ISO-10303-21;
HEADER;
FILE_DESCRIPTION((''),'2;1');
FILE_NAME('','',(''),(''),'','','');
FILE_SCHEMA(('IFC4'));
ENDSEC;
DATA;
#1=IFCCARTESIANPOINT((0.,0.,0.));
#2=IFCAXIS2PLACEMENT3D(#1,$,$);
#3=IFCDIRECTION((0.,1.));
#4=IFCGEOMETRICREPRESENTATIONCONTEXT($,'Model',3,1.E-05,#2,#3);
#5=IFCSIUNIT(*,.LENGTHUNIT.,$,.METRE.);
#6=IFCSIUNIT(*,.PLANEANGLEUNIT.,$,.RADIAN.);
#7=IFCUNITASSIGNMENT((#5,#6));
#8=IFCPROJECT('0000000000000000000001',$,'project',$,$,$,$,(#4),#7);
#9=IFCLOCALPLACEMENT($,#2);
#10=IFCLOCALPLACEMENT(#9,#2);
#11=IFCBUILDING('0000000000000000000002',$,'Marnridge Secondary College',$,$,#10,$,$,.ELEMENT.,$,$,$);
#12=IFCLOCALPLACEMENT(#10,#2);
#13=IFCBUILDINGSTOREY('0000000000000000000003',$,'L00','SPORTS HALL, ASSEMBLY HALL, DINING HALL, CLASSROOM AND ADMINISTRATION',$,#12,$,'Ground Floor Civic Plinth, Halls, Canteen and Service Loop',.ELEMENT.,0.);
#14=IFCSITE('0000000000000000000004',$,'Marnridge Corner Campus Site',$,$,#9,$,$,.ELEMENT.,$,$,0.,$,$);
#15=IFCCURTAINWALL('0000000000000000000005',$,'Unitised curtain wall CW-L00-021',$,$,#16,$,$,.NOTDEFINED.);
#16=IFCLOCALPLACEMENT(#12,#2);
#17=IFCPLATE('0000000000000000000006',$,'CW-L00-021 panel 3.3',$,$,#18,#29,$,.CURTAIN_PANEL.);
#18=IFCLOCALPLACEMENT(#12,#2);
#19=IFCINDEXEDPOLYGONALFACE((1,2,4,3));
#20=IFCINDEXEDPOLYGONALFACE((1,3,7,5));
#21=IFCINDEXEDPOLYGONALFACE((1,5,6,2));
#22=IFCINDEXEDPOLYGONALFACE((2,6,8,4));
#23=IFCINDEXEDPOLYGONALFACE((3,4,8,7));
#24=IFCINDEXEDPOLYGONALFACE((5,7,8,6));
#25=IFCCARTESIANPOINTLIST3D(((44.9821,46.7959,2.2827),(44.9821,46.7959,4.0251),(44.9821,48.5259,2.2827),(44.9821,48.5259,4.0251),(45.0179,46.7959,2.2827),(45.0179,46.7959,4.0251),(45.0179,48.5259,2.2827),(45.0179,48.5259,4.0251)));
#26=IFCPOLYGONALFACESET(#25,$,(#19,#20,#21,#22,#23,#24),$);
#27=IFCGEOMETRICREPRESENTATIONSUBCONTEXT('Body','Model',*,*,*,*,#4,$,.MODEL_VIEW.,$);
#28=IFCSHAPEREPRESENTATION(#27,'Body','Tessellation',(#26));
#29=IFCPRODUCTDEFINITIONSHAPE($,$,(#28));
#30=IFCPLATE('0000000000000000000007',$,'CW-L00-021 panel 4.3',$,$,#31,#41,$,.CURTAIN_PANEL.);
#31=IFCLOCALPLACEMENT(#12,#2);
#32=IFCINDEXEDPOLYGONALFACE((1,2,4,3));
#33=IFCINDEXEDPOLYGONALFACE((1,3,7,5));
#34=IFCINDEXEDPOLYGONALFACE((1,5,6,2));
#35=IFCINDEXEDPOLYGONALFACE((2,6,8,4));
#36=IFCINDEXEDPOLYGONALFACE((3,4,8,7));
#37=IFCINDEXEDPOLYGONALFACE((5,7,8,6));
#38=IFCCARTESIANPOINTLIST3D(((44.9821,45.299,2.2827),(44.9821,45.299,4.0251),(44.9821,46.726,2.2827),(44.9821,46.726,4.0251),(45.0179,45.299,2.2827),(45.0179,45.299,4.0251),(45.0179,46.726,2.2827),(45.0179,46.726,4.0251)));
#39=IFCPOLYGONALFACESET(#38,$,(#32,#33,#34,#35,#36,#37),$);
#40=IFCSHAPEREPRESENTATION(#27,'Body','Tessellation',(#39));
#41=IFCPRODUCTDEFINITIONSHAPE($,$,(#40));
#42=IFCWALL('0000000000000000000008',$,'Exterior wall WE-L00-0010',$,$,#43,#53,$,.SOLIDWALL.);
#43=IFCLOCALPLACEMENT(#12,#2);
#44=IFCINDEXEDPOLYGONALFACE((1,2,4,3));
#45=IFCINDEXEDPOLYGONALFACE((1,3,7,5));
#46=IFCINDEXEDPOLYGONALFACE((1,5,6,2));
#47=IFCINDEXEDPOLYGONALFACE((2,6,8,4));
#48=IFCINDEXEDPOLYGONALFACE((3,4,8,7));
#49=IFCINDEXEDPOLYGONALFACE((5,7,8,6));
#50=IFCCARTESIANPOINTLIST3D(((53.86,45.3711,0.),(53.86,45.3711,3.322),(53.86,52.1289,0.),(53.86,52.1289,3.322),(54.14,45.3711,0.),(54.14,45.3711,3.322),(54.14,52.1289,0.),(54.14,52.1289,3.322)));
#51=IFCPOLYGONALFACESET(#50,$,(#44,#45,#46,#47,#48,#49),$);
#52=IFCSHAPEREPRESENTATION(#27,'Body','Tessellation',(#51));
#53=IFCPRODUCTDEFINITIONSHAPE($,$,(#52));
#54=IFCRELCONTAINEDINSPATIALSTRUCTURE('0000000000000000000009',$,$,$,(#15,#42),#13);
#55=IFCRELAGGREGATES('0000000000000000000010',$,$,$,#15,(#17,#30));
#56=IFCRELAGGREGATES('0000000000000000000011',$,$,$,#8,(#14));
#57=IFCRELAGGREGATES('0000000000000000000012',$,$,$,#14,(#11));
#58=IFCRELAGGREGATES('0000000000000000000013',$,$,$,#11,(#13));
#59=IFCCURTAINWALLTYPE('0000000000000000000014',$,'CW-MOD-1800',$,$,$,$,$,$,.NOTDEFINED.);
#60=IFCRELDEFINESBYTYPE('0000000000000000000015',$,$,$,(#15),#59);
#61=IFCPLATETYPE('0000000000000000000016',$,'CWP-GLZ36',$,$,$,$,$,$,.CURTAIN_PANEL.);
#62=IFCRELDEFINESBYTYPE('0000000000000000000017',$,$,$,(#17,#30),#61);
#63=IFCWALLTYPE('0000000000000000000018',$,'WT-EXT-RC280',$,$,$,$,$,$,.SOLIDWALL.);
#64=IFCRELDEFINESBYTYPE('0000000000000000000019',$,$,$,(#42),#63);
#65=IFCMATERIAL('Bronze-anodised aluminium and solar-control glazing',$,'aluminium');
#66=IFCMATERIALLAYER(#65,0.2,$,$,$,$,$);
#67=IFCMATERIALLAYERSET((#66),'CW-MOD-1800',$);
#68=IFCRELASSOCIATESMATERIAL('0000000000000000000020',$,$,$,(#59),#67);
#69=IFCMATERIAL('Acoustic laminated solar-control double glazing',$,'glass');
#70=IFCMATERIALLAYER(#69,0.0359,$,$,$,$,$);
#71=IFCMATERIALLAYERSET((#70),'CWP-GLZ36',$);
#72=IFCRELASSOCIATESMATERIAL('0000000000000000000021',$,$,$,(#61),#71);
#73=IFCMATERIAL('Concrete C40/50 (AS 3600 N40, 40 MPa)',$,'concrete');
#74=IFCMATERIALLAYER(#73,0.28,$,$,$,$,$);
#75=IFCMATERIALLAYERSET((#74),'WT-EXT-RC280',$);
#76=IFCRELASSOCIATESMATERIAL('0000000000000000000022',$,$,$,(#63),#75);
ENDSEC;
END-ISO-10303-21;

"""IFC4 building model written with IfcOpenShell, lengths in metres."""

from ifc_helpers import new_model, si_unit, direction, frame, frame_2d, origin, origin_2d, place, context, subcontext, project, spatial, rectangle, extrude, material, layer, layer_set, type_object, element, aggregate, save


model = new_model("IFC4")

# Units and contexts
model_context = context("Model", 3, precision=1e-05, world=origin(), true_north=direction((0.0, 1.0)))
body_context = subcontext(model_context, "Body", "Model", "MODEL_VIEW")
ifc_project = project(units=[si_unit("LENGTHUNIT", "METRE"), si_unit("PLANEANGLEUNIT", "RADIAN")], contexts=[model_context])

# Site, building, storey
site_placement = place(None, origin())
site = spatial("IfcSite", under=ifc_project, at=site_placement, Name="Marnridge Corner Campus Site", CompositionType="ELEMENT", RefElevation=0.0)
building_placement = place(site_placement, origin())
building = spatial("IfcBuilding", under=site, at=building_placement, Name="Marnridge Secondary College", CompositionType="ELEMENT")
storey_placement = place(building_placement, origin())
storey = spatial("IfcBuildingStorey", under=building, at=storey_placement, Name="L00", Description="SPORTS HALL, ASSEMBLY HALL, DINING HALL, CLASSROOM AND ADMINISTRATION", LongName="Ground Floor Civic Plinth, Halls, Canteen and Service Loop", CompositionType="ELEMENT", Elevation=0.0)

# Curtain wall, plates
ifc_material_1 = material(Name="Bronze-anodised aluminium and solar-control glazing", Category="aluminium")
ifc_layer_1 = layer(ifc_material_1, 0.2)
ifc_layer_set_1 = layer_set([ifc_layer_1], Name="CW-MOD-1800")
curtain_wall_type = type_object("IfcCurtainWallType", Name="CW-MOD-1800", PredefinedType="NOTDEFINED", material=ifc_layer_set_1)
curtain_wall_placement = place(storey_placement, origin())
curtain_wall = element("IfcCurtainWall", 1, at=curtain_wall_placement, inside=storey, type_object=curtain_wall_type, Name="Unitised curtain wall CW-L00-021", PredefinedType="NOTDEFINED")
ifc_material_2 = material(Name="Acoustic laminated solar-control double glazing", Category="glass")
ifc_layer_2 = layer(ifc_material_2, 0.0359)
ifc_layer_set_2 = layer_set([ifc_layer_2], Name="CWP-GLZ36")
plate_type = type_object("IfcPlateType", Name="CWP-GLZ36", PredefinedType="CURTAIN_PANEL", material=ifc_layer_set_2)
plate_1_placement = place(storey_placement, frame((45.0, 47.6609, 2.2827), z_axis=(0.0, 0.0, 1.0), x_axis=(0.0, -1.0, 0.0)))
plate_1 = element("IfcPlate", 2, at=plate_1_placement, type_object=plate_type, Name="CW-L00-021 panel 3.3", PredefinedType="CURTAIN_PANEL", context=body_context, shape_type="SweptSolid", body=[
    extrude(rectangle(XDim=1.73, YDim=0.0359, at=origin_2d()), origin(), (0.0, 0.0, 1.0), 1.7424),
])
plate_2_placement = place(storey_placement, frame((45.0, 46.0125, 2.2827), z_axis=(0.0, 0.0, 1.0), x_axis=(0.0, -1.0, 0.0)))
plate_2 = element("IfcPlate", 3, at=plate_2_placement, type_object=plate_type, Name="CW-L00-021 panel 4.3", PredefinedType="CURTAIN_PANEL", context=body_context, shape_type="SweptSolid", body=[
    extrude(rectangle(XDim=1.427, YDim=0.0359, at=origin_2d()), origin(), (0.0, 0.0, 1.0), 1.7424),
])
aggregate(curtain_wall, [plate_1, plate_2])

# Wall
ifc_material_3 = material(Name="Concrete C40/50 (AS 3600 N40, 40 MPa)", Category="concrete")
ifc_layer_3 = layer(ifc_material_3, 0.28)
ifc_layer_set_3 = layer_set([ifc_layer_3], Name="WT-EXT-RC280")
wall_type = type_object("IfcWallType", Name="WT-EXT-RC280", PredefinedType="SOLIDWALL", material=ifc_layer_set_3)
wall_placement = place(storey_placement, frame((54.0, 45.3711, 0.0), z_axis=(0.0, 0.0, 1.0), x_axis=(0.0, 1.0, 0.0)))
element("IfcWall", 4, at=wall_placement, inside=storey, type_object=wall_type, Name="Exterior wall WE-L00-0010", PredefinedType="SOLIDWALL", context=body_context, shape_type="SweptSolid", body=[
    extrude(rectangle(XDim=6.7578, YDim=0.28, at=frame_2d((3.3789, 0.0))), origin(), (0.0, 0.0, 1.0), 3.322),
])

save(model, "model.ifc")
